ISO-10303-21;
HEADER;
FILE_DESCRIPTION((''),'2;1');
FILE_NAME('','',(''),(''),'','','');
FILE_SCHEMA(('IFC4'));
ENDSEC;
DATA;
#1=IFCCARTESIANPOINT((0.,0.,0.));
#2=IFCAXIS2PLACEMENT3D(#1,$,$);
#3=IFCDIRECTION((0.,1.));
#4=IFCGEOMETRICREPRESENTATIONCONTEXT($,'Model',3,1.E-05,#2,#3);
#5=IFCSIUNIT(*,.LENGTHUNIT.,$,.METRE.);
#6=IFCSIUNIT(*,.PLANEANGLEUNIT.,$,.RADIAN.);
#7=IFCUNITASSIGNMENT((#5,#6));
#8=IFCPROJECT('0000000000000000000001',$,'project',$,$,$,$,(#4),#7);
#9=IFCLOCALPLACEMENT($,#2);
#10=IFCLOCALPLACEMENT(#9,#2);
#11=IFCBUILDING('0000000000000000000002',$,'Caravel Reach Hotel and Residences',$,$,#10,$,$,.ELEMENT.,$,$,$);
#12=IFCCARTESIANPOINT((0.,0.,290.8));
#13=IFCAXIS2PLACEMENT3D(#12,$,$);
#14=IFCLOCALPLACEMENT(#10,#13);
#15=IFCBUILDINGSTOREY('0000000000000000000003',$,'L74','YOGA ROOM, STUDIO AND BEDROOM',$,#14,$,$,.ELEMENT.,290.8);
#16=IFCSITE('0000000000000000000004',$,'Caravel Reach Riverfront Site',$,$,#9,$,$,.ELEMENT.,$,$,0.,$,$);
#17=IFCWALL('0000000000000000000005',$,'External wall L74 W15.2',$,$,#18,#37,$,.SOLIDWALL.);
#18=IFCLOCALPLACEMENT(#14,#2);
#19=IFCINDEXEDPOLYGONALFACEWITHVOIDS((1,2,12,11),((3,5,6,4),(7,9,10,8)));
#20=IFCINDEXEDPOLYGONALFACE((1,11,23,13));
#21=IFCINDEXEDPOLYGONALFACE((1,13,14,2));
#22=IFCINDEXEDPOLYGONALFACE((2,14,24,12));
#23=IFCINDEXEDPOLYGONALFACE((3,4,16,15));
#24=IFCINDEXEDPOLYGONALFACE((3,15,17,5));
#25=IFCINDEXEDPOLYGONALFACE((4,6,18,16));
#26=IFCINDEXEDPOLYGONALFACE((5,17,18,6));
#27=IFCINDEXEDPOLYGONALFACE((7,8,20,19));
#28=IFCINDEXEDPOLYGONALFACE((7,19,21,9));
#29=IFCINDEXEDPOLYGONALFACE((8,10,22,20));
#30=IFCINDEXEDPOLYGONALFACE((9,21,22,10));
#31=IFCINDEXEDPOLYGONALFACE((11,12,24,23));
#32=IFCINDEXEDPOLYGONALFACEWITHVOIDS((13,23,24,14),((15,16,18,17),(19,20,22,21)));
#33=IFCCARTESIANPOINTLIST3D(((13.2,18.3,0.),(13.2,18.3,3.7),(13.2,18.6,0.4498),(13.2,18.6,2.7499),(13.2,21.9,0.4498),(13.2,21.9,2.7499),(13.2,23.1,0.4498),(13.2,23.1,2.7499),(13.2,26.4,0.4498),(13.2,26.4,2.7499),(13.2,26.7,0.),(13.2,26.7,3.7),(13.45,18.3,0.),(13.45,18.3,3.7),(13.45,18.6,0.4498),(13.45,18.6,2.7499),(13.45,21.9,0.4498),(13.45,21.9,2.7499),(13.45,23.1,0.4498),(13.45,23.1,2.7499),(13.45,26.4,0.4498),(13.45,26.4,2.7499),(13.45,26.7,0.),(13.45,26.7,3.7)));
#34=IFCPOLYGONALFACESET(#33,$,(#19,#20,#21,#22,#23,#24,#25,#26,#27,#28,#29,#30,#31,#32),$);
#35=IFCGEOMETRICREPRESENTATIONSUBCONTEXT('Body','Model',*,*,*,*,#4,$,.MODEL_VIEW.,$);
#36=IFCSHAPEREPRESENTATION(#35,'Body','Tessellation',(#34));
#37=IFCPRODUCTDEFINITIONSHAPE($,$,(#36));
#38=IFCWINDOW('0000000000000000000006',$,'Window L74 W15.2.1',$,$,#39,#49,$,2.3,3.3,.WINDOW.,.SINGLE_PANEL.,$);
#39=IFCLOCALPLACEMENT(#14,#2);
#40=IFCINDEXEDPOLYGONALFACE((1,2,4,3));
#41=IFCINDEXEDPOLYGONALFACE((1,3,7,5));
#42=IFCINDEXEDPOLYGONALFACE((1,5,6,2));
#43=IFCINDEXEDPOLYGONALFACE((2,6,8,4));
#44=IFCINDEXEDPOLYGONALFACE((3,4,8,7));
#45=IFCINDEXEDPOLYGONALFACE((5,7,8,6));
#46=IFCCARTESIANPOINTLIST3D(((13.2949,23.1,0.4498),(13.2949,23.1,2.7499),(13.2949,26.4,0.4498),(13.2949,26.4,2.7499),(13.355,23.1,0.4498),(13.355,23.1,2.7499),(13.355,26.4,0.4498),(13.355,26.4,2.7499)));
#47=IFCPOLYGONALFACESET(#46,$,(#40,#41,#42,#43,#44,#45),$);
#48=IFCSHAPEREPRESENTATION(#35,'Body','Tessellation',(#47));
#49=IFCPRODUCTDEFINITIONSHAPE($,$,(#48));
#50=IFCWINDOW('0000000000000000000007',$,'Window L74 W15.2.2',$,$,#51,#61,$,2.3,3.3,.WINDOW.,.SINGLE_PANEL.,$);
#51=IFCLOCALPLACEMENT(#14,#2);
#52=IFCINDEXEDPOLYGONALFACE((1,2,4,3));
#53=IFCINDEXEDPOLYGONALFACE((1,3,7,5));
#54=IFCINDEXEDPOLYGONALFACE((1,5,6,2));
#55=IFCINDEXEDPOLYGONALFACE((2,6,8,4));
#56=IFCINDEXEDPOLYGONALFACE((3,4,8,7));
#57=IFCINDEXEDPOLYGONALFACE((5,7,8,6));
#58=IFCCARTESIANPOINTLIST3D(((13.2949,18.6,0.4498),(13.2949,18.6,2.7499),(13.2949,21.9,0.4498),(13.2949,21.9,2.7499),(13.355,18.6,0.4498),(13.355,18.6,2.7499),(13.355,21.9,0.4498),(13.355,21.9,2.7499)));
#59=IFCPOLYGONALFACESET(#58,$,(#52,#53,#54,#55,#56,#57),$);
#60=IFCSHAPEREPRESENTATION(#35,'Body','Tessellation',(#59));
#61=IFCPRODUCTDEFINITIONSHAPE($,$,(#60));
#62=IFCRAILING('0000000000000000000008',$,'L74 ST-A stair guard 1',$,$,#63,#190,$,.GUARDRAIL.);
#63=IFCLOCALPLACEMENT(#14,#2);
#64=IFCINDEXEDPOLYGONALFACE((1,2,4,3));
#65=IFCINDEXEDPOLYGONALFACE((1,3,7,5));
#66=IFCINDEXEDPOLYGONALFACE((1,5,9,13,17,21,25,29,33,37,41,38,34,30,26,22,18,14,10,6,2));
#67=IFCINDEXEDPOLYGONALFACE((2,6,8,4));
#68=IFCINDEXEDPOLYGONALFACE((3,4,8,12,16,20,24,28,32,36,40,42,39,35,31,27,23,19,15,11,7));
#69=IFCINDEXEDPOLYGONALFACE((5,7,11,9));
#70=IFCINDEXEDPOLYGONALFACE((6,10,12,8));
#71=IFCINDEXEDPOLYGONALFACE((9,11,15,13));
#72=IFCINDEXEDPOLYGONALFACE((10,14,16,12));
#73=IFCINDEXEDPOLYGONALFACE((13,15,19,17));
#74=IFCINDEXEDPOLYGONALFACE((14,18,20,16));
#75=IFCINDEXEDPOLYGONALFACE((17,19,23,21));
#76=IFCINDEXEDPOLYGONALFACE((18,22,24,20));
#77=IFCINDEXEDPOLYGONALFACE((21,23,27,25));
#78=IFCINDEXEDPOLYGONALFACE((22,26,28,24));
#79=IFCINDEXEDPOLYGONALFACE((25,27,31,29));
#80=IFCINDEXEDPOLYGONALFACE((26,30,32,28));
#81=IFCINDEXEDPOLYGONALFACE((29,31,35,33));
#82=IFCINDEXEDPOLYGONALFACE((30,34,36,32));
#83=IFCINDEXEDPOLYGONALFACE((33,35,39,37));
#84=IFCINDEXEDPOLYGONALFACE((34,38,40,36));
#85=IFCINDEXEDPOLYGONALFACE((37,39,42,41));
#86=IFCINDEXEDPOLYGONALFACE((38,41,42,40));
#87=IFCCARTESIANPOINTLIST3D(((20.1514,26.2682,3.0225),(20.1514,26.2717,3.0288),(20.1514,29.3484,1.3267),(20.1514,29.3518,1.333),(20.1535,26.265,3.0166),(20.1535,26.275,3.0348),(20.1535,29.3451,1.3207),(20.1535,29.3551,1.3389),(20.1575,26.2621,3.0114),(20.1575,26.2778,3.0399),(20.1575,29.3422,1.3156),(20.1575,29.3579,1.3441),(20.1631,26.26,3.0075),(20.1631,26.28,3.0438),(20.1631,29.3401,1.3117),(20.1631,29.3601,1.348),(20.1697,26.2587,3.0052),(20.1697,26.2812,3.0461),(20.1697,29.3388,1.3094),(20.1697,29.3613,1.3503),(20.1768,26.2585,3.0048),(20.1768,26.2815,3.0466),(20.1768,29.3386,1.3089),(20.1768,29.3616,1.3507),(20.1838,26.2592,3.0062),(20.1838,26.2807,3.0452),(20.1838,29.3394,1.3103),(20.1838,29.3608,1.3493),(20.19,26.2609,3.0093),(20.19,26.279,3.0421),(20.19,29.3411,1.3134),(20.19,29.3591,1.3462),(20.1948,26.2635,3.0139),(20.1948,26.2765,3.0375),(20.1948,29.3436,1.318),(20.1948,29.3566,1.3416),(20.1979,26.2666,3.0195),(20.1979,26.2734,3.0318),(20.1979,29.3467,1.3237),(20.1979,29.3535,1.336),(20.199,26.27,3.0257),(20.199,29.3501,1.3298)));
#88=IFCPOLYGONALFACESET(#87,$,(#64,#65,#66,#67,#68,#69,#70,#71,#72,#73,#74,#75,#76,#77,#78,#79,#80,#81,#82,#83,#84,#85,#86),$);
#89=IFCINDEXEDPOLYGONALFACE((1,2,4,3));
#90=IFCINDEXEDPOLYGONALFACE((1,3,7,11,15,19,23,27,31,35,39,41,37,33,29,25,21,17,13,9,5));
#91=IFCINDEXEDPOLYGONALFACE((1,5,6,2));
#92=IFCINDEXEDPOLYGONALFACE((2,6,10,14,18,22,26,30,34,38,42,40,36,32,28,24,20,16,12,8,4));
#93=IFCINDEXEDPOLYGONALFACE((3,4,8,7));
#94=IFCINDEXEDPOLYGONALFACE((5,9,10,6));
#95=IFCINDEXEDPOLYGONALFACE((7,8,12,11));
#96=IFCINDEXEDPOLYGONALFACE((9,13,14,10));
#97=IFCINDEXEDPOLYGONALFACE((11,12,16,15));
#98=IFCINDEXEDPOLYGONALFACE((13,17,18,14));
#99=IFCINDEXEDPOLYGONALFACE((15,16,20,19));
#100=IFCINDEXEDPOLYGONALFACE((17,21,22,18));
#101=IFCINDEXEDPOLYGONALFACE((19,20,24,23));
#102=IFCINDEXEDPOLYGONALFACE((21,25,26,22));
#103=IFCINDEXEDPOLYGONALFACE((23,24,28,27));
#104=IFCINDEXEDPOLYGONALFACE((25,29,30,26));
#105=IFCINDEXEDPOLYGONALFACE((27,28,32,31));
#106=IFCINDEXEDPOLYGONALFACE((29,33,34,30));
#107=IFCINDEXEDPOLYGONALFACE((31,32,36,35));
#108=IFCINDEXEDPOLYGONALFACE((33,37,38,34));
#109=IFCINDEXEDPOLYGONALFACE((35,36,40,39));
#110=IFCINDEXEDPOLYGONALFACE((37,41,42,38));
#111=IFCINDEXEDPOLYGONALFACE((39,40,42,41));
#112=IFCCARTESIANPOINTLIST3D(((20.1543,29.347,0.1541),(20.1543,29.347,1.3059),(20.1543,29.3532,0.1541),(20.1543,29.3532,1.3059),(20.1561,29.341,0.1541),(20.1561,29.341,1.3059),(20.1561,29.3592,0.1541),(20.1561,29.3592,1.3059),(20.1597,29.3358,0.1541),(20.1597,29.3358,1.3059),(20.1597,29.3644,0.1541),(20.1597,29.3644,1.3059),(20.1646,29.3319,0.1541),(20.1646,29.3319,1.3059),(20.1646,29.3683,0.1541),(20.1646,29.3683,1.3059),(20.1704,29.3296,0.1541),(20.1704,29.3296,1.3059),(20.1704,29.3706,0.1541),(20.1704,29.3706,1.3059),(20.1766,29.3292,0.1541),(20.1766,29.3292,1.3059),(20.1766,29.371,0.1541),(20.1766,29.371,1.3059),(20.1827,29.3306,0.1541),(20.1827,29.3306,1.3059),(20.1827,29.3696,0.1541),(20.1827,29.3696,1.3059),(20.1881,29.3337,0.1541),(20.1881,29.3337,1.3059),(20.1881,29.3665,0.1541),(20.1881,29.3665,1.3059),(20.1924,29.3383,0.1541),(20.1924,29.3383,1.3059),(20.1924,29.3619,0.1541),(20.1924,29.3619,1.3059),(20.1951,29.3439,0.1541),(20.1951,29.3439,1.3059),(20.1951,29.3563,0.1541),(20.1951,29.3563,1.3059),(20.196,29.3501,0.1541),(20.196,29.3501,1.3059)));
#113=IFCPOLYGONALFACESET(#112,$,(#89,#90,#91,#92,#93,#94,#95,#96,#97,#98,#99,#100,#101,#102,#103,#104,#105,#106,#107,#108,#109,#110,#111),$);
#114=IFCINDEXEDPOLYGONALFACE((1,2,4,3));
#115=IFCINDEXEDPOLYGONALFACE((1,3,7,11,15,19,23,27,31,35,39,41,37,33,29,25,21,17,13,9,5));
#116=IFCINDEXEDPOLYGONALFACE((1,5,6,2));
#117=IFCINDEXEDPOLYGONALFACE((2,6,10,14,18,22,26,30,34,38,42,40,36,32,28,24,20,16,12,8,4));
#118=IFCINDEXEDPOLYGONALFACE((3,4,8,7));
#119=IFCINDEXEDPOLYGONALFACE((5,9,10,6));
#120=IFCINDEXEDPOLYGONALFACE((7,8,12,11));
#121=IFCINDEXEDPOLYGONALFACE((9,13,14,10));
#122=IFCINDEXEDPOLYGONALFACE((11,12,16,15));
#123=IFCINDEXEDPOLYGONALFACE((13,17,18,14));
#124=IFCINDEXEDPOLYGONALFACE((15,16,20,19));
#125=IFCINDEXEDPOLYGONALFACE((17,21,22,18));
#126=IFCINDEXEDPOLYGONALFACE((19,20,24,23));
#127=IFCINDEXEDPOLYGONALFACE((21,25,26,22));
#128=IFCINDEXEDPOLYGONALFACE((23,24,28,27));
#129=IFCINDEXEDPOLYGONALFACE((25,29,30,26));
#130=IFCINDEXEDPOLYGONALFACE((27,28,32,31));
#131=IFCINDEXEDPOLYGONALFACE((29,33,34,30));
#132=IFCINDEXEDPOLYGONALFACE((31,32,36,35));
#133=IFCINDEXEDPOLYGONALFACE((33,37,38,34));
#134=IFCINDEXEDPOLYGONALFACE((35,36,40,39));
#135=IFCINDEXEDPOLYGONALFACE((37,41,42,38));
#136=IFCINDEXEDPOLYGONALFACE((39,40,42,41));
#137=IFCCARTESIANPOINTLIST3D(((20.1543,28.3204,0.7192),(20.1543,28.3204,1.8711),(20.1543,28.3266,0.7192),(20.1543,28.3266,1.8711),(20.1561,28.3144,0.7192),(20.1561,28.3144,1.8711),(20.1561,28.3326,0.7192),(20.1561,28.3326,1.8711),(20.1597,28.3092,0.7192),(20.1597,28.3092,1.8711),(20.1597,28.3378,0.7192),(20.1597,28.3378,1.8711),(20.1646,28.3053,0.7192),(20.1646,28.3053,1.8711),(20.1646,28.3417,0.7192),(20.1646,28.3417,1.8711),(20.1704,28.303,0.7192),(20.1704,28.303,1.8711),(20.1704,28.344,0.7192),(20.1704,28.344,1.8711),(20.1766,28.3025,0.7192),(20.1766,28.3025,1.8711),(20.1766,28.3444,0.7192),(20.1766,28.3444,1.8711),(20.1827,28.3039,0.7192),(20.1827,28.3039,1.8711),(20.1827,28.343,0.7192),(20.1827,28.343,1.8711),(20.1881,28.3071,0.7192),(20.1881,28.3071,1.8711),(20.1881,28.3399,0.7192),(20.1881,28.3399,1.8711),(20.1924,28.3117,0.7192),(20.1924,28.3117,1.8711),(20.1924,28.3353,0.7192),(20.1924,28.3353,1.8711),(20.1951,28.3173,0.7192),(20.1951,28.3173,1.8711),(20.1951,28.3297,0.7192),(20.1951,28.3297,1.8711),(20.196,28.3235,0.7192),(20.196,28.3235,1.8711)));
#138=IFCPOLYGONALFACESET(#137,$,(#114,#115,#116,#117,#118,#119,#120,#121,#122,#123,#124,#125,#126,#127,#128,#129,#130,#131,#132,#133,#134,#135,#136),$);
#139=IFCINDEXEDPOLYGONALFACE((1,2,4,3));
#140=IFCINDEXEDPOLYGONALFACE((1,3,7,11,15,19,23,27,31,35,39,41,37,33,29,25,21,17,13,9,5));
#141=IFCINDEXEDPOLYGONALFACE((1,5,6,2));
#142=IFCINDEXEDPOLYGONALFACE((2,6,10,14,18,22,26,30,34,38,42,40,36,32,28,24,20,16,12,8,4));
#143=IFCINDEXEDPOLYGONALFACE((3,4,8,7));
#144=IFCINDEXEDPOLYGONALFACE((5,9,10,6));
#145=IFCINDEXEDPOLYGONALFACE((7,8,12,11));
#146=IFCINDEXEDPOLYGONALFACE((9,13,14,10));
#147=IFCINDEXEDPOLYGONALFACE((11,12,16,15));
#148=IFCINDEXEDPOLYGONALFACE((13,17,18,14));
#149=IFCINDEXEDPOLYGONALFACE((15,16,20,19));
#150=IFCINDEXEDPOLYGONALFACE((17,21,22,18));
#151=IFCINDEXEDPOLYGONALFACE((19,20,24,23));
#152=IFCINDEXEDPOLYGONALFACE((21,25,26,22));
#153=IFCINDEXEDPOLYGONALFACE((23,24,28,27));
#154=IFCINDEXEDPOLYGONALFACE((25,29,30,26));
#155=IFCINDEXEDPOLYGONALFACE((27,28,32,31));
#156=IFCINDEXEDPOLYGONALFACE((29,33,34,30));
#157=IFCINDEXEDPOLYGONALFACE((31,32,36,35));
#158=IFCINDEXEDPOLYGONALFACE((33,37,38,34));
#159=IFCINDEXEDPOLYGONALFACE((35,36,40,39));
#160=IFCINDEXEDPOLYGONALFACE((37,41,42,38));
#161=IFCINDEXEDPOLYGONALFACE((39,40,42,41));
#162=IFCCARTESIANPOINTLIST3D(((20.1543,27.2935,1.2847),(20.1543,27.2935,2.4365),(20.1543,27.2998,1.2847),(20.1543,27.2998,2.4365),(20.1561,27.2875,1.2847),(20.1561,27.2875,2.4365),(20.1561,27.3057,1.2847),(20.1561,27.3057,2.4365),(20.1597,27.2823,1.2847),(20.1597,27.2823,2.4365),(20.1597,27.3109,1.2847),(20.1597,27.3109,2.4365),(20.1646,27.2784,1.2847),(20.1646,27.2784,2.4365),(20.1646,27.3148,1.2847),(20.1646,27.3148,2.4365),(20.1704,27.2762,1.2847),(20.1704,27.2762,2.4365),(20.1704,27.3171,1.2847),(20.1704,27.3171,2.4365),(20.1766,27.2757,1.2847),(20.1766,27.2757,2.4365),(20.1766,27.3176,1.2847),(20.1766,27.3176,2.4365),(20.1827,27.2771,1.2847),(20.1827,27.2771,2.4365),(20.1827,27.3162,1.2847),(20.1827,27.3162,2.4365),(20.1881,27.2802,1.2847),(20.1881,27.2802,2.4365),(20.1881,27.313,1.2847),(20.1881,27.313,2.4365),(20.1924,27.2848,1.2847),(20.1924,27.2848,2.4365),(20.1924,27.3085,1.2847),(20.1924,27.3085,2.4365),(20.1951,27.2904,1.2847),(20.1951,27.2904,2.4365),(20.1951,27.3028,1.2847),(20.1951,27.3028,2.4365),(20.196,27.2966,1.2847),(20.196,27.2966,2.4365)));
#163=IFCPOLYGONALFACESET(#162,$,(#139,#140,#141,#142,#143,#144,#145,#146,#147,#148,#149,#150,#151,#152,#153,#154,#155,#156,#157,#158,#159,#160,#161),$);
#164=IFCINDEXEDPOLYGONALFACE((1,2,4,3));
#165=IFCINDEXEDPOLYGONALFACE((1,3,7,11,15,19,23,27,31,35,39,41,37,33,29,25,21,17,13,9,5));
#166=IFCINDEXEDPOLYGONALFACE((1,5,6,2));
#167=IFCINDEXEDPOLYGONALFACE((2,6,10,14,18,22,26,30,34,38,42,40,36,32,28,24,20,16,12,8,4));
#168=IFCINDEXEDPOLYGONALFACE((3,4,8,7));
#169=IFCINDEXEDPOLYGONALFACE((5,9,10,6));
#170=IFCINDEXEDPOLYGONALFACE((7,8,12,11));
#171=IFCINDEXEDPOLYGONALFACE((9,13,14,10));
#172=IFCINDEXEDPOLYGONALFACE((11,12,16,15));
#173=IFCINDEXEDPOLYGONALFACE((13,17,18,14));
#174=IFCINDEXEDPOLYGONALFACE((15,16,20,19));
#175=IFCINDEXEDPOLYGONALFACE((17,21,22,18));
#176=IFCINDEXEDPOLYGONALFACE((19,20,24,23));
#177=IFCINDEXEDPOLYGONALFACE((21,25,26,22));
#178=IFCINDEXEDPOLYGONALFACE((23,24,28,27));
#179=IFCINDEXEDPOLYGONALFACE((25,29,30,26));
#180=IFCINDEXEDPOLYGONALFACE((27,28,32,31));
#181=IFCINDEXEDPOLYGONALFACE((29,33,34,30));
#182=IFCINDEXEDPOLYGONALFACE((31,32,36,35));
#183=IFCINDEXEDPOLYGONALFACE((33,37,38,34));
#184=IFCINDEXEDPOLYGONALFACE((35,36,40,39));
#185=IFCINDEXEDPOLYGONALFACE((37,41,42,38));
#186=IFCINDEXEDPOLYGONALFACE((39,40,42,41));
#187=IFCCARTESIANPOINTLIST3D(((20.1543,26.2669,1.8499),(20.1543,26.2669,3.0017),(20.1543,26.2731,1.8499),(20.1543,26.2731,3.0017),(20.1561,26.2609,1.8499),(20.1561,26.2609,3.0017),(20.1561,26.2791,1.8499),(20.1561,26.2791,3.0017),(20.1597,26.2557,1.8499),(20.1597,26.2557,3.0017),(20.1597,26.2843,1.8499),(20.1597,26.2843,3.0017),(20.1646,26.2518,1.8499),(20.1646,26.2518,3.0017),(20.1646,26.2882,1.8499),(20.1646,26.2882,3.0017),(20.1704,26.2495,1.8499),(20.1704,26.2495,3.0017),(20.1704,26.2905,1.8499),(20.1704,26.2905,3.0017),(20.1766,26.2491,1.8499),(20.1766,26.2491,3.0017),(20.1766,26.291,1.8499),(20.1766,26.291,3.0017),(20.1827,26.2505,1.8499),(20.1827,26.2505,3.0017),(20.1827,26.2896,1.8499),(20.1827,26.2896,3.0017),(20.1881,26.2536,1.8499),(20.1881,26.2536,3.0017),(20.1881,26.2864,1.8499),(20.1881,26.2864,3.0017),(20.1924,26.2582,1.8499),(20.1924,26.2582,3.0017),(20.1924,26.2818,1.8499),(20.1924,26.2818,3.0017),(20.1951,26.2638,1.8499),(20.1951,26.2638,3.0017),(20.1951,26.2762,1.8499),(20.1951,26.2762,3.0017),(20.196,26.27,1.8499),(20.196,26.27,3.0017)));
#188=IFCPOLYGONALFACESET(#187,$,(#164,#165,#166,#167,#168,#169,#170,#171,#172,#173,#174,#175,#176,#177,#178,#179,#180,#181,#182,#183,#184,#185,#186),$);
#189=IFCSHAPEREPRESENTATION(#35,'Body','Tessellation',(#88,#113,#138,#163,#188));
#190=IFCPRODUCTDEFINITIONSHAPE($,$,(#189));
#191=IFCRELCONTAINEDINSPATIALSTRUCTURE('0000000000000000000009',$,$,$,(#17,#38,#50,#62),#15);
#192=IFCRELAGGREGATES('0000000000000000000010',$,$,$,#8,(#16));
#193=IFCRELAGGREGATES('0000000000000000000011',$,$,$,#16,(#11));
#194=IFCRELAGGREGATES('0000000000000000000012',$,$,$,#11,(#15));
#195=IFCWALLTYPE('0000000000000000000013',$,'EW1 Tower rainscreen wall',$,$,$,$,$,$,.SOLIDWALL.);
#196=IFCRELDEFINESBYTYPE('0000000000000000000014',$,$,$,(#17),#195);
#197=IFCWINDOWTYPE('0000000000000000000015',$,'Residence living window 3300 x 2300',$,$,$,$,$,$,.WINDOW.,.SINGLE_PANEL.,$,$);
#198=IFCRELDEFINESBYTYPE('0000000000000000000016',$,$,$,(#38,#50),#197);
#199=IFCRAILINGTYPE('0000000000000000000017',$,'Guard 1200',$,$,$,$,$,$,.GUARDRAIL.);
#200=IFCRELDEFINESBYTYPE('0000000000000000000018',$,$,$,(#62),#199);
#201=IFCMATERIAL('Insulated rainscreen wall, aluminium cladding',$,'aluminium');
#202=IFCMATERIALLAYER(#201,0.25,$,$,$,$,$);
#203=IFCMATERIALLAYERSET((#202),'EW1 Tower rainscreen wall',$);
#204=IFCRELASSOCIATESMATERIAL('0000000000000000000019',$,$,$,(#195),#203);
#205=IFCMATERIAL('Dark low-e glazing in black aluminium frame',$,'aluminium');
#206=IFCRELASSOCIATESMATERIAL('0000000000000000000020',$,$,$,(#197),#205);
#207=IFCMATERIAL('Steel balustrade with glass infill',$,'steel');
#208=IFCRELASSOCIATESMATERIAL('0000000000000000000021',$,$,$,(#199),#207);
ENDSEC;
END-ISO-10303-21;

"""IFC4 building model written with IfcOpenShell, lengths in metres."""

from ifc_helpers import new_model, si_unit, direction, frame, frame_2d, origin, origin_2d, place, context, subcontext, project, spatial, rectangle, circle, extrude, material, layer, layer_set, type_object, element, fill, save


model = new_model("IFC4")

# Units and contexts
model_context = context("Model", 3, precision=1e-05, world=origin(), true_north=direction((0.0, 1.0)))
body_context = subcontext(model_context, "Body", "Model", "MODEL_VIEW")
ifc_project = project(units=[si_unit("LENGTHUNIT", "METRE"), si_unit("PLANEANGLEUNIT", "RADIAN")], contexts=[model_context])

# Site, building, storey
site_placement = place(None, origin())
site = spatial("IfcSite", under=ifc_project, at=site_placement, Name="Caravel Reach Riverfront Site", CompositionType="ELEMENT", RefElevation=0.0)
building_placement = place(site_placement, origin())
building = spatial("IfcBuilding", under=site, at=building_placement, Name="Caravel Reach Hotel and Residences", CompositionType="ELEMENT")
storey_placement = place(building_placement, frame((0.0, 0.0, 290.8)))
storey = spatial("IfcBuildingStorey", under=building, at=storey_placement, Name="L74", Description="YOGA ROOM, STUDIO AND BEDROOM", CompositionType="ELEMENT", Elevation=290.8)

# Wall, openings, windows
ifc_material_1 = material(Name="Insulated rainscreen wall, aluminium cladding", Category="aluminium")
ifc_layer_1 = layer(ifc_material_1, 0.25)
ifc_layer_set_1 = layer_set([ifc_layer_1], Name="EW1 Tower rainscreen wall")
wall_type_1 = type_object("IfcWallType", Name="EW1 Tower rainscreen wall", PredefinedType="SOLIDWALL", material=ifc_layer_set_1)
wall_1_placement = place(storey_placement, frame((13.325, 26.7, 0.0), z_axis=(0.0, 0.0, 1.0), x_axis=(0.0, -1.0, 0.0)))
wall_1 = element("IfcWall", 1, at=wall_1_placement, inside=storey, type_object=wall_type_1, Name="External wall L74 W15.2", PredefinedType="SOLIDWALL", context=body_context, shape_type="SweptSolid", body=[
    extrude(rectangle(XDim=8.3999, YDim=0.25, at=frame_2d((4.2, 0.0))), origin(), (0.0, 0.0, 1.0), 3.7),
])
opening_1_placement = place(wall_1_placement, frame((0.3, 0.0, 0.45)))
opening_1 = element("IfcOpeningElement", 2, at=opening_1_placement, cuts=wall_1, PredefinedType="OPENING", context=body_context, shape_type="SweptSolid", body=[
    extrude(rectangle(XDim=3.3, YDim=2.3, at=frame_2d((1.6499, 1.1499))), frame((0.0, 0.135, 0.0), z_axis=(0.0, -1.0, 0.0), x_axis=(1.0, 0.0, 0.0)), (0.0, 0.0, 1.0), 0.27),
])
opening_2_placement = place(wall_1_placement, frame((4.8, 0.0, 0.45)))
opening_2 = element("IfcOpeningElement", 3, at=opening_2_placement, cuts=wall_1, PredefinedType="OPENING", context=body_context, shape_type="SweptSolid", body=[
    extrude(rectangle(XDim=3.3, YDim=2.3, at=frame_2d((1.6499, 1.1499))), frame((0.0, 0.135, 0.0), z_axis=(0.0, -1.0, 0.0), x_axis=(1.0, 0.0, 0.0)), (0.0, 0.0, 1.0), 0.27),
])
ifc_material_2 = material(Name="Dark low-e glazing in black aluminium frame", Category="aluminium")
window_type = type_object("IfcWindowType", Name="Residence living window 3300 x 2300", PartitioningType="SINGLE_PANEL", PredefinedType="WINDOW", material=ifc_material_2)
window_1_placement = place(opening_1_placement, origin())
window_1 = element("IfcWindow", 4, at=window_1_placement, inside=storey, type_object=window_type, Name="Window L74 W15.2.1", OverallHeight=2.3, OverallWidth=3.3, PartitioningType="SINGLE_PANEL", PredefinedType="WINDOW", context=body_context, shape_type="SweptSolid", body=[
    extrude(rectangle(XDim=3.3, YDim=2.3, at=frame_2d((1.6499, 1.1499))), frame((0.0, 0.03, 0.0), z_axis=(0.0, -1.0, 0.0), x_axis=(1.0, 0.0, 0.0)), (0.0, 0.0, 1.0), 0.0601),
])
fill(opening_1, window_1)
window_2_placement = place(opening_2_placement, origin())
window_2 = element("IfcWindow", 5, at=window_2_placement, inside=storey, type_object=window_type, Name="Window L74 W15.2.2", OverallHeight=2.3, OverallWidth=3.3, PartitioningType="SINGLE_PANEL", PredefinedType="WINDOW", context=body_context, shape_type="SweptSolid", body=[
    extrude(rectangle(XDim=3.3, YDim=2.3, at=frame_2d((1.6499, 1.1499))), frame((0.0, 0.03, 0.0), z_axis=(0.0, -1.0, 0.0), x_axis=(1.0, 0.0, 0.0)), (0.0, 0.0, 1.0), 0.0601),
])
fill(opening_2, window_2)

# Railing
ifc_material_3 = material(Name="Steel balustrade with glass infill", Category="steel")
railing_type_1 = type_object("IfcRailingType", Name="Guard 1200", PredefinedType="GUARDRAIL", material=ifc_material_3)
railing_1_placement = place(storey_placement, frame((20.175, 29.3501, 0.1541)))
element("IfcRailing", 6, at=railing_1_placement, inside=storey, type_object=railing_type_1, Name="L74 ST-A stair guard 1", PredefinedType="GUARDRAIL", context=body_context, shape_type="SweptSolid", body=[
    extrude(circle(Radius=0.0239, at=origin_2d()), frame((0.0, 0.0, 1.1758), z_axis=(0.0, -0.876005, 0.482303), x_axis=(1.0, 0.0, 0.0)), (0.0, 0.0, 1.0), 3.5161),
    extrude(circle(Radius=0.021, at=origin_2d()), origin(), (0.0, 0.0, 1.0), 1.1519),
    extrude(circle(Radius=0.021, at=origin_2d()), frame((0.0, -1.0266, 0.5652)), (0.0, 0.0, 1.0), 1.1519),
    extrude(circle(Radius=0.021, at=origin_2d()), frame((0.0, -2.0535, 1.1306)), (0.0, 0.0, 1.0), 1.1519),
    extrude(circle(Radius=0.021, at=origin_2d()), frame((0.0, -3.0801, 1.6958)), (0.0, 0.0, 1.0), 1.1519),
])

save(model, "model.ifc")
